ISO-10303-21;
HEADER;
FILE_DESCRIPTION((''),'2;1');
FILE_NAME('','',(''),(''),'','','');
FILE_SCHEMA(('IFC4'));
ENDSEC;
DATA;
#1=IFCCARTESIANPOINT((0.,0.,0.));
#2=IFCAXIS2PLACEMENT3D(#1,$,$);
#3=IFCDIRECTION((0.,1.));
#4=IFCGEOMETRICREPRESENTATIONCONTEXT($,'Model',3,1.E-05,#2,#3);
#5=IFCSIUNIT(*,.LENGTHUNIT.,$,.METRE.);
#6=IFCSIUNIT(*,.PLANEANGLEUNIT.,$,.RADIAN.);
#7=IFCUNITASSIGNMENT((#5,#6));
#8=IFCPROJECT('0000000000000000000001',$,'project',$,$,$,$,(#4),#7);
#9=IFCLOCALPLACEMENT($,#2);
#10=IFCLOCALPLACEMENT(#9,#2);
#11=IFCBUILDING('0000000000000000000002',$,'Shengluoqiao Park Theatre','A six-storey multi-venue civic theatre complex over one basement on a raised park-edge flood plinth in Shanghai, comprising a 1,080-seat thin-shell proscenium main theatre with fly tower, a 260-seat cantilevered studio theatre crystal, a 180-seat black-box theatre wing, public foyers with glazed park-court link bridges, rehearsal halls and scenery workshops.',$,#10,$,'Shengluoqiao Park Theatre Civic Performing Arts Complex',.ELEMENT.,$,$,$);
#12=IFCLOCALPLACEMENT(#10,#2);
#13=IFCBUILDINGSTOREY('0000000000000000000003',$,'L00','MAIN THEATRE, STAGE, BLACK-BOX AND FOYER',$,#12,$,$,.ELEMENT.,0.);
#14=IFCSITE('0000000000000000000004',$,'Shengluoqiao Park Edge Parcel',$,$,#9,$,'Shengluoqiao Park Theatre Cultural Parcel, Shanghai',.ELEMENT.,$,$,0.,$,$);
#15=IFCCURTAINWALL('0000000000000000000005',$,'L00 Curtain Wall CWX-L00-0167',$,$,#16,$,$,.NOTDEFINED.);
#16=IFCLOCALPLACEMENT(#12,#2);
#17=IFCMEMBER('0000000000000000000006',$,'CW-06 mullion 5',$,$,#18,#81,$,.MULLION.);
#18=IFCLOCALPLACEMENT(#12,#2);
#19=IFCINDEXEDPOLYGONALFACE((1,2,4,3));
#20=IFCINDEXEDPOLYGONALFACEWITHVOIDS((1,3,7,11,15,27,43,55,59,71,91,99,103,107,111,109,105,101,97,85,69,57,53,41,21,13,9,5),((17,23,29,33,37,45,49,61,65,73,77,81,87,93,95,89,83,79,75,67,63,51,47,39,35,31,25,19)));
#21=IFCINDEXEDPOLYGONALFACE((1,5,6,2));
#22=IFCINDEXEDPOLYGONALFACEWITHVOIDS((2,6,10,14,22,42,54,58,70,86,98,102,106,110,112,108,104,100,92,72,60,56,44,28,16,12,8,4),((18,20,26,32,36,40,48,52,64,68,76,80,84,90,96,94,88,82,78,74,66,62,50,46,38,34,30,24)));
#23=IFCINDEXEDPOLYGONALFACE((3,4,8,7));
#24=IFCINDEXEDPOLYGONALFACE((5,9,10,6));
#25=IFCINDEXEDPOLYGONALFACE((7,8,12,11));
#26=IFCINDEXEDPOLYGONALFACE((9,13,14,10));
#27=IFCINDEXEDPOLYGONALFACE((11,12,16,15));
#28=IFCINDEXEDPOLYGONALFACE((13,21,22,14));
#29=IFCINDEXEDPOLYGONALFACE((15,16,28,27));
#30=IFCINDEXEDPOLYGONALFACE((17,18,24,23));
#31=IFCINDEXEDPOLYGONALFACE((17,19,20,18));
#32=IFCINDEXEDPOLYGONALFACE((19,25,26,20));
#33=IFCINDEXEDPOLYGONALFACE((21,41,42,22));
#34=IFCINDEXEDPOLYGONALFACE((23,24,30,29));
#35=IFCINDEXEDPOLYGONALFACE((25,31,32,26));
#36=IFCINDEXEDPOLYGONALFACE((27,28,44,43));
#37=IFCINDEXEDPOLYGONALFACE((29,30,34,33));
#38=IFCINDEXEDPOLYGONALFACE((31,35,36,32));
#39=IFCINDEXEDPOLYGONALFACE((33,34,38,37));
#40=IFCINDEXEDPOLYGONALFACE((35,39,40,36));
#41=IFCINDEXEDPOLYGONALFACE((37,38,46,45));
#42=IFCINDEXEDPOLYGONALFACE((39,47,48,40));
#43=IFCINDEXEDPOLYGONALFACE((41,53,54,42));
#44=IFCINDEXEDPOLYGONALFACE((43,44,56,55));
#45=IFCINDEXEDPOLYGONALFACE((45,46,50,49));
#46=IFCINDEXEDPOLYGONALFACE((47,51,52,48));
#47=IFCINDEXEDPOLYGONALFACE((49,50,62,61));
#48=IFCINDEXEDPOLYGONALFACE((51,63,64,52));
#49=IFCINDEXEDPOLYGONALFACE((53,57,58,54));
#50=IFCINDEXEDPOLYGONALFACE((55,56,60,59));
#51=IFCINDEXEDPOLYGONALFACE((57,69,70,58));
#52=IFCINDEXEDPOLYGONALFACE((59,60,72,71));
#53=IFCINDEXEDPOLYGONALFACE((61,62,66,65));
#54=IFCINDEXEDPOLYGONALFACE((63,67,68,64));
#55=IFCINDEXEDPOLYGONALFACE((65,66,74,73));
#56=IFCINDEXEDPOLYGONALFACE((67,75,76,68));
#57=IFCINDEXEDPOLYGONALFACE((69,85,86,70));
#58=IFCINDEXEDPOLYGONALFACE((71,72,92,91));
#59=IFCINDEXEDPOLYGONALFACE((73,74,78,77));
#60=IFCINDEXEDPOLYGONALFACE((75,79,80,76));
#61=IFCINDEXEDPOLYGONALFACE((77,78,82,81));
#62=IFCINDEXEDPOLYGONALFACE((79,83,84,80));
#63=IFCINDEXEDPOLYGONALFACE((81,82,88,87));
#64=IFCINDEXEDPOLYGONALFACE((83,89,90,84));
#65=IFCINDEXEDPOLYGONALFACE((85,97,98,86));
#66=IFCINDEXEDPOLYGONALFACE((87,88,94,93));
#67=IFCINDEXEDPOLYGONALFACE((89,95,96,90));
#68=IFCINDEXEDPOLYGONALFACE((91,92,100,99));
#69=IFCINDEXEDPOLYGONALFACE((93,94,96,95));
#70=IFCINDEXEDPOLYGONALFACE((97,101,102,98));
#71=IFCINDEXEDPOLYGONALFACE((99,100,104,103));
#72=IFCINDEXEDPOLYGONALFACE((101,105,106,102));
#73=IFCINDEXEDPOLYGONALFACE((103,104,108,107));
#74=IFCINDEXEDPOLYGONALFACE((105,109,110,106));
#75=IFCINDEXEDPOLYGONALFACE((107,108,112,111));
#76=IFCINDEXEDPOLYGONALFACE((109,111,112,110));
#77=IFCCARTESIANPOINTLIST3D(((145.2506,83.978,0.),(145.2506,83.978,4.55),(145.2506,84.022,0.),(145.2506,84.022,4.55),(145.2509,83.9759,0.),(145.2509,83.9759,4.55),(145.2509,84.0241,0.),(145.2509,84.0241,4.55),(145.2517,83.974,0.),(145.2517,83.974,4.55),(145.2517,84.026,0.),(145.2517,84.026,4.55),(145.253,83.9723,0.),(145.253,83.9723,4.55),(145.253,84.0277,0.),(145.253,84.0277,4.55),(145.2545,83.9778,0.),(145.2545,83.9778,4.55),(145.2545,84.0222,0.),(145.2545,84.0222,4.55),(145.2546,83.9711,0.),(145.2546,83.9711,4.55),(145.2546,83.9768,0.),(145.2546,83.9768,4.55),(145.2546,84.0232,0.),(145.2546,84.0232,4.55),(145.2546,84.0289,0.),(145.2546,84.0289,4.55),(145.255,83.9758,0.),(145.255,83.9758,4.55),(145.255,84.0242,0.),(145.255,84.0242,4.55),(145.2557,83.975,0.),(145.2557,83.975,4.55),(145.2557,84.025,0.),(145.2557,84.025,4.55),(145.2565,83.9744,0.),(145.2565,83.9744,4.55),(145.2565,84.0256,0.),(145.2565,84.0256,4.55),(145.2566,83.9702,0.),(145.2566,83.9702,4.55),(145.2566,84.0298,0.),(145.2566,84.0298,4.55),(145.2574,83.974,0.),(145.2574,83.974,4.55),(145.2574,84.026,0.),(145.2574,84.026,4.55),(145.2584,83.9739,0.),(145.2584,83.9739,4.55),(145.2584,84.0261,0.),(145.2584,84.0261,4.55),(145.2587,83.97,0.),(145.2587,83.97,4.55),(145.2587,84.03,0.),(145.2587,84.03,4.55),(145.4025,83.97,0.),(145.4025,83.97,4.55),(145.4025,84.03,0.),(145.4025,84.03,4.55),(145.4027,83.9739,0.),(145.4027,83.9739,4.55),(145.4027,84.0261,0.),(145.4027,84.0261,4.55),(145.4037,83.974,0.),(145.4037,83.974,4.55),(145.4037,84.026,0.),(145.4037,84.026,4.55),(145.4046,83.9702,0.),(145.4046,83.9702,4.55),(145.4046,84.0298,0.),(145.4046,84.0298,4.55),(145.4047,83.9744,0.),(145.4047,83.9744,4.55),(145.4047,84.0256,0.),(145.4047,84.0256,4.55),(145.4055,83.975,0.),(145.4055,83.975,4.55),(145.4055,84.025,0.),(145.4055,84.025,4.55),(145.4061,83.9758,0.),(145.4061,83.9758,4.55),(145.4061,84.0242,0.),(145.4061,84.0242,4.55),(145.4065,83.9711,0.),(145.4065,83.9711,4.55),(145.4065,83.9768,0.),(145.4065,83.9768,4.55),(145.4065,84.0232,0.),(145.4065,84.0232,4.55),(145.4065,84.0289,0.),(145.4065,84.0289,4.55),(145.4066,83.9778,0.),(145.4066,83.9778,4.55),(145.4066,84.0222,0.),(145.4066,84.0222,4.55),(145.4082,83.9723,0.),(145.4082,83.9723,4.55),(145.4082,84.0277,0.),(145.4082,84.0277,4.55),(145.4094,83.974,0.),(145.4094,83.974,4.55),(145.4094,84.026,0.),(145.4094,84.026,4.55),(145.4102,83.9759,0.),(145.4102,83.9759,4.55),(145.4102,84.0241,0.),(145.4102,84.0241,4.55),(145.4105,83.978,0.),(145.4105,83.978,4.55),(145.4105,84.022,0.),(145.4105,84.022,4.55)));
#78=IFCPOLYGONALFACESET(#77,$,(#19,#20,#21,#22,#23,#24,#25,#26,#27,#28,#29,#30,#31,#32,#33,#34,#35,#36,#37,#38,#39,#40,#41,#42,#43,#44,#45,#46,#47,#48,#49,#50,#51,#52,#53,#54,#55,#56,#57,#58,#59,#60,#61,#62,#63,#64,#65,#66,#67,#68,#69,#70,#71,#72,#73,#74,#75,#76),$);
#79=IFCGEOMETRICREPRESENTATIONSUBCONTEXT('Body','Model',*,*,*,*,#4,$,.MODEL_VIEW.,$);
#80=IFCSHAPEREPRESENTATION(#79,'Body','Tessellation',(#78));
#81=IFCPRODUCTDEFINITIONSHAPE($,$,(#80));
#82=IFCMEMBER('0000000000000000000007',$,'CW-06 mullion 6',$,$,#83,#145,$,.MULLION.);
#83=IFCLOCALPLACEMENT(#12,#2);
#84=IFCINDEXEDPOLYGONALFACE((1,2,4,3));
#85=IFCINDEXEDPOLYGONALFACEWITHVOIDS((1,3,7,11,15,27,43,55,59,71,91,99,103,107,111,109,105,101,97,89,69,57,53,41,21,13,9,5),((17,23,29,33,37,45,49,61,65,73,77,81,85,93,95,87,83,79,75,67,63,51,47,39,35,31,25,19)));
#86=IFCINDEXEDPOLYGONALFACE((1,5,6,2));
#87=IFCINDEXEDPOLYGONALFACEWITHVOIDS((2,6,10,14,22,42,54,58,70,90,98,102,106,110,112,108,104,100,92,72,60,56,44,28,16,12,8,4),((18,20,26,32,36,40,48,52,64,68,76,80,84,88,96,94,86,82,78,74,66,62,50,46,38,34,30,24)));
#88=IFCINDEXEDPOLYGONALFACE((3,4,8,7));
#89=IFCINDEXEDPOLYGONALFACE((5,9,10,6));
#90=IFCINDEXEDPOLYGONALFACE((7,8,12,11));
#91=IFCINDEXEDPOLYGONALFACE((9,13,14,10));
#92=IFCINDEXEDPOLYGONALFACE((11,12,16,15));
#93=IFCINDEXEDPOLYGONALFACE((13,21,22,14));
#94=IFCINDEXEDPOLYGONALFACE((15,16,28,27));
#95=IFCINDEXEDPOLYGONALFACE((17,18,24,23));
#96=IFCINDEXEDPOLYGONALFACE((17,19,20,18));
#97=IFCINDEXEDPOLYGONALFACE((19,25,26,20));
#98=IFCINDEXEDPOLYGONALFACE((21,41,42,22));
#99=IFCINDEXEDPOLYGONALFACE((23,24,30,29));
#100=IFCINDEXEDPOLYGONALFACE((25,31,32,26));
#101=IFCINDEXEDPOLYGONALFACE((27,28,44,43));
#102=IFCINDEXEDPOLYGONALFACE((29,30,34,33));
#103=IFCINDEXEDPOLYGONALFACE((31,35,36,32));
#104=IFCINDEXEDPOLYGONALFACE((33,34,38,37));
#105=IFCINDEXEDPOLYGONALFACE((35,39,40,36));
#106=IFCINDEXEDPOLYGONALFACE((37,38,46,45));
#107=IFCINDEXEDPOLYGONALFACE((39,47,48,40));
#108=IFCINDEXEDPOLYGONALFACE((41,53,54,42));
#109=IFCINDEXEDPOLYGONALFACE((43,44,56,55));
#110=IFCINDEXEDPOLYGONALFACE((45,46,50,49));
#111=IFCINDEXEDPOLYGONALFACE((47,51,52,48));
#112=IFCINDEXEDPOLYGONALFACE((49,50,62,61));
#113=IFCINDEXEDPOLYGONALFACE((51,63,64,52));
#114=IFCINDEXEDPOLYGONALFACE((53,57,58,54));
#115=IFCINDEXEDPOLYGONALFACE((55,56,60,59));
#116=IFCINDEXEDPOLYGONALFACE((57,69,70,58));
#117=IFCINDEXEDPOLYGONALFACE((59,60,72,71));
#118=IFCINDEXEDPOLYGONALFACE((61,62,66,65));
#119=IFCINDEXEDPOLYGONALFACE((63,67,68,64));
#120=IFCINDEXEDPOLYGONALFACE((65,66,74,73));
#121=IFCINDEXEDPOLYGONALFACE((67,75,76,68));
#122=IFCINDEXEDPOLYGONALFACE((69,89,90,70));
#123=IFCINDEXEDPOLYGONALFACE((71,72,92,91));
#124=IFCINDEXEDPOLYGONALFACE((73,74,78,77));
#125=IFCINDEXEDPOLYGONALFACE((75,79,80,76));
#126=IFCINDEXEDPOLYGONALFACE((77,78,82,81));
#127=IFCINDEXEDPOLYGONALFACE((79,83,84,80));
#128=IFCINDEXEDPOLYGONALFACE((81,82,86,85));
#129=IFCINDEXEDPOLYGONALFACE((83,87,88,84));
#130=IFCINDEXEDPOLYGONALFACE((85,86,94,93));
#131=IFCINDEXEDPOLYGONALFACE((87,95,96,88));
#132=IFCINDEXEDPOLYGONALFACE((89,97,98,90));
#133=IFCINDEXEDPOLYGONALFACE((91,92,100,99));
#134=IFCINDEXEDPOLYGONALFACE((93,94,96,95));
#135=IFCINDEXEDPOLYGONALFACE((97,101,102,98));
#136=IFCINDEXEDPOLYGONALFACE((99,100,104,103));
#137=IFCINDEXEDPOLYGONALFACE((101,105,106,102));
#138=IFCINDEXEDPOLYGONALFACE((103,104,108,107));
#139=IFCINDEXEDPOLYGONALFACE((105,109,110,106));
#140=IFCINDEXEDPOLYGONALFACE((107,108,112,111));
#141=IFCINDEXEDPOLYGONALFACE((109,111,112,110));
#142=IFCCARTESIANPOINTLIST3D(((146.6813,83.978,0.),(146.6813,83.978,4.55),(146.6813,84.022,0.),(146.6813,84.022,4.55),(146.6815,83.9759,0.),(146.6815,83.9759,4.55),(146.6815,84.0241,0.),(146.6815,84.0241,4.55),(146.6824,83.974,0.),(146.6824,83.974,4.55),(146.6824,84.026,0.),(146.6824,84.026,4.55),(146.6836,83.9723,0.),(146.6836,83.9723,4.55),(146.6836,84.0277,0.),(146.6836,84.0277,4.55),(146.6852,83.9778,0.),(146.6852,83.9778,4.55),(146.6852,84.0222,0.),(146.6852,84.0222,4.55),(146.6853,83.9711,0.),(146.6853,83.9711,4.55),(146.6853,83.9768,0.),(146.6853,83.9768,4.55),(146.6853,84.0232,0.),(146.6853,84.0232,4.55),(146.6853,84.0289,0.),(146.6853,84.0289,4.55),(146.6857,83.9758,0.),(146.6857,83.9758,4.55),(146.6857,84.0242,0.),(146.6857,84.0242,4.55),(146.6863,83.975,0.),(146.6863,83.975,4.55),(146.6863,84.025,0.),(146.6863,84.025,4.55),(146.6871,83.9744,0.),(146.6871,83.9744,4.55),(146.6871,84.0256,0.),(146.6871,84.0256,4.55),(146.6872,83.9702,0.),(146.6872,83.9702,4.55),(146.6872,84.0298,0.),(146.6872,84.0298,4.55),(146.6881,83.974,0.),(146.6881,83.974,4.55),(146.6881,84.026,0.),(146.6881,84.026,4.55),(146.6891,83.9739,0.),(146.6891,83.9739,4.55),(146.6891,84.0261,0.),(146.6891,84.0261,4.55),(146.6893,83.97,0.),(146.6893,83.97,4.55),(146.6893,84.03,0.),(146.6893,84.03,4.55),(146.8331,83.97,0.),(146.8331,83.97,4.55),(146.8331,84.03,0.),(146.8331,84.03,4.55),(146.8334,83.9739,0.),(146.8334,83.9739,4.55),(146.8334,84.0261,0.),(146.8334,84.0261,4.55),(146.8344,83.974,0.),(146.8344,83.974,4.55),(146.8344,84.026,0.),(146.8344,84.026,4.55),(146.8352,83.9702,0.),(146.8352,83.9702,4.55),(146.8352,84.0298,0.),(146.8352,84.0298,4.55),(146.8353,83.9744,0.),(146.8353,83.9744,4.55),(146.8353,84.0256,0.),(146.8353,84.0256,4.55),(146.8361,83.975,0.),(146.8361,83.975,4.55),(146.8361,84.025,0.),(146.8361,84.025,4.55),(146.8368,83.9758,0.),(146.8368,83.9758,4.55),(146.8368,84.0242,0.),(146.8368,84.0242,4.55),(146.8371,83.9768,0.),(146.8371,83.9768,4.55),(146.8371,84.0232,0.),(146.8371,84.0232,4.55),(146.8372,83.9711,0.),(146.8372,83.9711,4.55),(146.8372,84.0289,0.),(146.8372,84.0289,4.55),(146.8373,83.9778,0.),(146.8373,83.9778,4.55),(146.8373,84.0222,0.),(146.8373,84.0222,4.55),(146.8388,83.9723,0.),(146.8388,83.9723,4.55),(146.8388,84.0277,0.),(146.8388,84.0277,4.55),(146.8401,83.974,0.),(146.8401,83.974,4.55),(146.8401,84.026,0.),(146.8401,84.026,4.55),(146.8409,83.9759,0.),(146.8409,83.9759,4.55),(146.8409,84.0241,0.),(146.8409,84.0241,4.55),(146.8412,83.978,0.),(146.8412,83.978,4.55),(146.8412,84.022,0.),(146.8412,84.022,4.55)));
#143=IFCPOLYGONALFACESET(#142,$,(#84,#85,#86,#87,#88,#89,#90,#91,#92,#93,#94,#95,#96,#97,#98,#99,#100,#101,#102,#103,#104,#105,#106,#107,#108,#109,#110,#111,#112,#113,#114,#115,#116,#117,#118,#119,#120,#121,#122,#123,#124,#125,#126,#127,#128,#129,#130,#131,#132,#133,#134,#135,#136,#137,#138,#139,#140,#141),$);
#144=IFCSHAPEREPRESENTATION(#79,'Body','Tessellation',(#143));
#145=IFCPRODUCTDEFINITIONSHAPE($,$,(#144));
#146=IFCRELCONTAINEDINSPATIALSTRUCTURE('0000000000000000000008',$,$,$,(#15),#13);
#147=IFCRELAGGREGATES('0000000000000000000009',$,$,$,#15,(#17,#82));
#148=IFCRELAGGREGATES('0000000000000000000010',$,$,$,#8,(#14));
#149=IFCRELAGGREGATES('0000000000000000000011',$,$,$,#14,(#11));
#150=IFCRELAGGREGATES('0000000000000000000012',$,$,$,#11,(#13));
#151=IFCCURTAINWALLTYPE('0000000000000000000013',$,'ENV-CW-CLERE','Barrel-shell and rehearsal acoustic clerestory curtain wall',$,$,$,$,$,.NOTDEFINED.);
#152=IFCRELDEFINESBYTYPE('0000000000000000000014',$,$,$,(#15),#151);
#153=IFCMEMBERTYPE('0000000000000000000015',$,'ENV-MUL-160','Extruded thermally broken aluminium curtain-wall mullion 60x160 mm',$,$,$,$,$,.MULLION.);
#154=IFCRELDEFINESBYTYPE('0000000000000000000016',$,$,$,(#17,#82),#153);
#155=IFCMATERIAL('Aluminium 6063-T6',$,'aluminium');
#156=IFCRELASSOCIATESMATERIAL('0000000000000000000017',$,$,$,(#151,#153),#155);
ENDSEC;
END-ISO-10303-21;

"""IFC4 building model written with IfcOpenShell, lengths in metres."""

from ifc_helpers import new_model, si_unit, direction, frame, origin, origin_2d, place, context, subcontext, project, spatial, hollow_rectangle, extrude, material, material_profile, profile_set, type_object, element, aggregate, save


model = new_model("IFC4")

# Units and contexts
model_context = context("Model", 3, precision=1e-05, world=origin(), true_north=direction((0.0, 1.0)))
body_context = subcontext(model_context, "Body", "Model", "MODEL_VIEW")
ifc_project = project(units=[si_unit("LENGTHUNIT", "METRE"), si_unit("PLANEANGLEUNIT", "RADIAN")], contexts=[model_context])

# Site, building, storey
site_placement = place(None, origin())
site = spatial("IfcSite", under=ifc_project, at=site_placement, Name="Shengluoqiao Park Edge Parcel", LongName="Shengluoqiao Park Theatre Cultural Parcel, Shanghai", CompositionType="ELEMENT", RefElevation=0.0)
building_placement = place(site_placement, origin())
building = spatial("IfcBuilding", under=site, at=building_placement, Name="Shengluoqiao Park Theatre", Description="A six-storey multi-venue civic theatre complex over one basement on a raised park-edge flood plinth in Shanghai, comprising a 1,080-seat thin-shell proscenium main theatre with fly tower, a 260-seat cantilevered studio theatre crystal, a 180-seat black-box theatre wing, public foyers with glazed park-court link bridges, rehearsal halls and scenery workshops.", LongName="Shengluoqiao Park Theatre Civic Performing Arts Complex", CompositionType="ELEMENT")
storey_placement = place(building_placement, origin())
storey = spatial("IfcBuildingStorey", under=building, at=storey_placement, Name="L00", Description="MAIN THEATRE, STAGE, BLACK-BOX AND FOYER", CompositionType="ELEMENT", Elevation=0.0)

# Curtain wall, members
ifc_material_1 = material(Name="Aluminium 6063-T6", Category="aluminium")
curtain_wall_type_1 = type_object("IfcCurtainWallType", Name="ENV-CW-CLERE", Description="Barrel-shell and rehearsal acoustic clerestory curtain wall", PredefinedType="NOTDEFINED", material=ifc_material_1)
curtain_wall_1_placement = place(storey_placement, origin())
curtain_wall_1 = element("IfcCurtainWall", 1, at=curtain_wall_1_placement, inside=storey, type_object=curtain_wall_type_1, Name="L00 Curtain Wall CWX-L00-0167", PredefinedType="NOTDEFINED")
ifc_material_profile_1 = material_profile(ifc_material_1, hollow_rectangle(XDim=0.0601, YDim=0.1599, WallThickness=0.0039, InnerFilletRadius=0.0039, OuterFilletRadius=0.0081, at=origin_2d()), Name="ALU MULLION 160x60x4")
ifc_profile_set_1 = profile_set([ifc_material_profile_1], Name="Aluminium 6063-T6")
member_type_1 = type_object("IfcMemberType", Name="ENV-MUL-160", Description="Extruded thermally broken aluminium curtain-wall mullion 60x160 mm", PredefinedType="MULLION", material=ifc_profile_set_1)
member_1_placement = place(storey_placement, frame((145.3306, 84.0, 0.0), z_axis=(0.0, 0.0, 1.0), x_axis=(0.0, 1.0, 0.0)))
member_1 = element("IfcMember", 2, at=member_1_placement, type_object=member_type_1, Name="CW-06 mullion 5", PredefinedType="MULLION", context=body_context, shape_type="SweptSolid", body=[
    extrude(hollow_rectangle(XDim=0.0601, YDim=0.1599, WallThickness=0.0039, InnerFilletRadius=0.0039, OuterFilletRadius=0.0081, at=origin_2d()), origin(), (0.0, 0.0, 1.0), 4.55),
])
member_2_placement = place(storey_placement, frame((146.7612, 84.0, 0.0), z_axis=(0.0, 0.0, 1.0), x_axis=(0.0, 1.0, 0.0)))
member_2 = element("IfcMember", 3, at=member_2_placement, type_object=member_type_1, Name="CW-06 mullion 6", PredefinedType="MULLION", context=body_context, shape_type="SweptSolid", body=[
    extrude(hollow_rectangle(XDim=0.0601, YDim=0.1599, WallThickness=0.0039, InnerFilletRadius=0.0039, OuterFilletRadius=0.0081, at=origin_2d()), origin(), (0.0, 0.0, 1.0), 4.55),
])

aggregate(curtain_wall_1, [member_1, member_2])

save(model, "model.ifc")
